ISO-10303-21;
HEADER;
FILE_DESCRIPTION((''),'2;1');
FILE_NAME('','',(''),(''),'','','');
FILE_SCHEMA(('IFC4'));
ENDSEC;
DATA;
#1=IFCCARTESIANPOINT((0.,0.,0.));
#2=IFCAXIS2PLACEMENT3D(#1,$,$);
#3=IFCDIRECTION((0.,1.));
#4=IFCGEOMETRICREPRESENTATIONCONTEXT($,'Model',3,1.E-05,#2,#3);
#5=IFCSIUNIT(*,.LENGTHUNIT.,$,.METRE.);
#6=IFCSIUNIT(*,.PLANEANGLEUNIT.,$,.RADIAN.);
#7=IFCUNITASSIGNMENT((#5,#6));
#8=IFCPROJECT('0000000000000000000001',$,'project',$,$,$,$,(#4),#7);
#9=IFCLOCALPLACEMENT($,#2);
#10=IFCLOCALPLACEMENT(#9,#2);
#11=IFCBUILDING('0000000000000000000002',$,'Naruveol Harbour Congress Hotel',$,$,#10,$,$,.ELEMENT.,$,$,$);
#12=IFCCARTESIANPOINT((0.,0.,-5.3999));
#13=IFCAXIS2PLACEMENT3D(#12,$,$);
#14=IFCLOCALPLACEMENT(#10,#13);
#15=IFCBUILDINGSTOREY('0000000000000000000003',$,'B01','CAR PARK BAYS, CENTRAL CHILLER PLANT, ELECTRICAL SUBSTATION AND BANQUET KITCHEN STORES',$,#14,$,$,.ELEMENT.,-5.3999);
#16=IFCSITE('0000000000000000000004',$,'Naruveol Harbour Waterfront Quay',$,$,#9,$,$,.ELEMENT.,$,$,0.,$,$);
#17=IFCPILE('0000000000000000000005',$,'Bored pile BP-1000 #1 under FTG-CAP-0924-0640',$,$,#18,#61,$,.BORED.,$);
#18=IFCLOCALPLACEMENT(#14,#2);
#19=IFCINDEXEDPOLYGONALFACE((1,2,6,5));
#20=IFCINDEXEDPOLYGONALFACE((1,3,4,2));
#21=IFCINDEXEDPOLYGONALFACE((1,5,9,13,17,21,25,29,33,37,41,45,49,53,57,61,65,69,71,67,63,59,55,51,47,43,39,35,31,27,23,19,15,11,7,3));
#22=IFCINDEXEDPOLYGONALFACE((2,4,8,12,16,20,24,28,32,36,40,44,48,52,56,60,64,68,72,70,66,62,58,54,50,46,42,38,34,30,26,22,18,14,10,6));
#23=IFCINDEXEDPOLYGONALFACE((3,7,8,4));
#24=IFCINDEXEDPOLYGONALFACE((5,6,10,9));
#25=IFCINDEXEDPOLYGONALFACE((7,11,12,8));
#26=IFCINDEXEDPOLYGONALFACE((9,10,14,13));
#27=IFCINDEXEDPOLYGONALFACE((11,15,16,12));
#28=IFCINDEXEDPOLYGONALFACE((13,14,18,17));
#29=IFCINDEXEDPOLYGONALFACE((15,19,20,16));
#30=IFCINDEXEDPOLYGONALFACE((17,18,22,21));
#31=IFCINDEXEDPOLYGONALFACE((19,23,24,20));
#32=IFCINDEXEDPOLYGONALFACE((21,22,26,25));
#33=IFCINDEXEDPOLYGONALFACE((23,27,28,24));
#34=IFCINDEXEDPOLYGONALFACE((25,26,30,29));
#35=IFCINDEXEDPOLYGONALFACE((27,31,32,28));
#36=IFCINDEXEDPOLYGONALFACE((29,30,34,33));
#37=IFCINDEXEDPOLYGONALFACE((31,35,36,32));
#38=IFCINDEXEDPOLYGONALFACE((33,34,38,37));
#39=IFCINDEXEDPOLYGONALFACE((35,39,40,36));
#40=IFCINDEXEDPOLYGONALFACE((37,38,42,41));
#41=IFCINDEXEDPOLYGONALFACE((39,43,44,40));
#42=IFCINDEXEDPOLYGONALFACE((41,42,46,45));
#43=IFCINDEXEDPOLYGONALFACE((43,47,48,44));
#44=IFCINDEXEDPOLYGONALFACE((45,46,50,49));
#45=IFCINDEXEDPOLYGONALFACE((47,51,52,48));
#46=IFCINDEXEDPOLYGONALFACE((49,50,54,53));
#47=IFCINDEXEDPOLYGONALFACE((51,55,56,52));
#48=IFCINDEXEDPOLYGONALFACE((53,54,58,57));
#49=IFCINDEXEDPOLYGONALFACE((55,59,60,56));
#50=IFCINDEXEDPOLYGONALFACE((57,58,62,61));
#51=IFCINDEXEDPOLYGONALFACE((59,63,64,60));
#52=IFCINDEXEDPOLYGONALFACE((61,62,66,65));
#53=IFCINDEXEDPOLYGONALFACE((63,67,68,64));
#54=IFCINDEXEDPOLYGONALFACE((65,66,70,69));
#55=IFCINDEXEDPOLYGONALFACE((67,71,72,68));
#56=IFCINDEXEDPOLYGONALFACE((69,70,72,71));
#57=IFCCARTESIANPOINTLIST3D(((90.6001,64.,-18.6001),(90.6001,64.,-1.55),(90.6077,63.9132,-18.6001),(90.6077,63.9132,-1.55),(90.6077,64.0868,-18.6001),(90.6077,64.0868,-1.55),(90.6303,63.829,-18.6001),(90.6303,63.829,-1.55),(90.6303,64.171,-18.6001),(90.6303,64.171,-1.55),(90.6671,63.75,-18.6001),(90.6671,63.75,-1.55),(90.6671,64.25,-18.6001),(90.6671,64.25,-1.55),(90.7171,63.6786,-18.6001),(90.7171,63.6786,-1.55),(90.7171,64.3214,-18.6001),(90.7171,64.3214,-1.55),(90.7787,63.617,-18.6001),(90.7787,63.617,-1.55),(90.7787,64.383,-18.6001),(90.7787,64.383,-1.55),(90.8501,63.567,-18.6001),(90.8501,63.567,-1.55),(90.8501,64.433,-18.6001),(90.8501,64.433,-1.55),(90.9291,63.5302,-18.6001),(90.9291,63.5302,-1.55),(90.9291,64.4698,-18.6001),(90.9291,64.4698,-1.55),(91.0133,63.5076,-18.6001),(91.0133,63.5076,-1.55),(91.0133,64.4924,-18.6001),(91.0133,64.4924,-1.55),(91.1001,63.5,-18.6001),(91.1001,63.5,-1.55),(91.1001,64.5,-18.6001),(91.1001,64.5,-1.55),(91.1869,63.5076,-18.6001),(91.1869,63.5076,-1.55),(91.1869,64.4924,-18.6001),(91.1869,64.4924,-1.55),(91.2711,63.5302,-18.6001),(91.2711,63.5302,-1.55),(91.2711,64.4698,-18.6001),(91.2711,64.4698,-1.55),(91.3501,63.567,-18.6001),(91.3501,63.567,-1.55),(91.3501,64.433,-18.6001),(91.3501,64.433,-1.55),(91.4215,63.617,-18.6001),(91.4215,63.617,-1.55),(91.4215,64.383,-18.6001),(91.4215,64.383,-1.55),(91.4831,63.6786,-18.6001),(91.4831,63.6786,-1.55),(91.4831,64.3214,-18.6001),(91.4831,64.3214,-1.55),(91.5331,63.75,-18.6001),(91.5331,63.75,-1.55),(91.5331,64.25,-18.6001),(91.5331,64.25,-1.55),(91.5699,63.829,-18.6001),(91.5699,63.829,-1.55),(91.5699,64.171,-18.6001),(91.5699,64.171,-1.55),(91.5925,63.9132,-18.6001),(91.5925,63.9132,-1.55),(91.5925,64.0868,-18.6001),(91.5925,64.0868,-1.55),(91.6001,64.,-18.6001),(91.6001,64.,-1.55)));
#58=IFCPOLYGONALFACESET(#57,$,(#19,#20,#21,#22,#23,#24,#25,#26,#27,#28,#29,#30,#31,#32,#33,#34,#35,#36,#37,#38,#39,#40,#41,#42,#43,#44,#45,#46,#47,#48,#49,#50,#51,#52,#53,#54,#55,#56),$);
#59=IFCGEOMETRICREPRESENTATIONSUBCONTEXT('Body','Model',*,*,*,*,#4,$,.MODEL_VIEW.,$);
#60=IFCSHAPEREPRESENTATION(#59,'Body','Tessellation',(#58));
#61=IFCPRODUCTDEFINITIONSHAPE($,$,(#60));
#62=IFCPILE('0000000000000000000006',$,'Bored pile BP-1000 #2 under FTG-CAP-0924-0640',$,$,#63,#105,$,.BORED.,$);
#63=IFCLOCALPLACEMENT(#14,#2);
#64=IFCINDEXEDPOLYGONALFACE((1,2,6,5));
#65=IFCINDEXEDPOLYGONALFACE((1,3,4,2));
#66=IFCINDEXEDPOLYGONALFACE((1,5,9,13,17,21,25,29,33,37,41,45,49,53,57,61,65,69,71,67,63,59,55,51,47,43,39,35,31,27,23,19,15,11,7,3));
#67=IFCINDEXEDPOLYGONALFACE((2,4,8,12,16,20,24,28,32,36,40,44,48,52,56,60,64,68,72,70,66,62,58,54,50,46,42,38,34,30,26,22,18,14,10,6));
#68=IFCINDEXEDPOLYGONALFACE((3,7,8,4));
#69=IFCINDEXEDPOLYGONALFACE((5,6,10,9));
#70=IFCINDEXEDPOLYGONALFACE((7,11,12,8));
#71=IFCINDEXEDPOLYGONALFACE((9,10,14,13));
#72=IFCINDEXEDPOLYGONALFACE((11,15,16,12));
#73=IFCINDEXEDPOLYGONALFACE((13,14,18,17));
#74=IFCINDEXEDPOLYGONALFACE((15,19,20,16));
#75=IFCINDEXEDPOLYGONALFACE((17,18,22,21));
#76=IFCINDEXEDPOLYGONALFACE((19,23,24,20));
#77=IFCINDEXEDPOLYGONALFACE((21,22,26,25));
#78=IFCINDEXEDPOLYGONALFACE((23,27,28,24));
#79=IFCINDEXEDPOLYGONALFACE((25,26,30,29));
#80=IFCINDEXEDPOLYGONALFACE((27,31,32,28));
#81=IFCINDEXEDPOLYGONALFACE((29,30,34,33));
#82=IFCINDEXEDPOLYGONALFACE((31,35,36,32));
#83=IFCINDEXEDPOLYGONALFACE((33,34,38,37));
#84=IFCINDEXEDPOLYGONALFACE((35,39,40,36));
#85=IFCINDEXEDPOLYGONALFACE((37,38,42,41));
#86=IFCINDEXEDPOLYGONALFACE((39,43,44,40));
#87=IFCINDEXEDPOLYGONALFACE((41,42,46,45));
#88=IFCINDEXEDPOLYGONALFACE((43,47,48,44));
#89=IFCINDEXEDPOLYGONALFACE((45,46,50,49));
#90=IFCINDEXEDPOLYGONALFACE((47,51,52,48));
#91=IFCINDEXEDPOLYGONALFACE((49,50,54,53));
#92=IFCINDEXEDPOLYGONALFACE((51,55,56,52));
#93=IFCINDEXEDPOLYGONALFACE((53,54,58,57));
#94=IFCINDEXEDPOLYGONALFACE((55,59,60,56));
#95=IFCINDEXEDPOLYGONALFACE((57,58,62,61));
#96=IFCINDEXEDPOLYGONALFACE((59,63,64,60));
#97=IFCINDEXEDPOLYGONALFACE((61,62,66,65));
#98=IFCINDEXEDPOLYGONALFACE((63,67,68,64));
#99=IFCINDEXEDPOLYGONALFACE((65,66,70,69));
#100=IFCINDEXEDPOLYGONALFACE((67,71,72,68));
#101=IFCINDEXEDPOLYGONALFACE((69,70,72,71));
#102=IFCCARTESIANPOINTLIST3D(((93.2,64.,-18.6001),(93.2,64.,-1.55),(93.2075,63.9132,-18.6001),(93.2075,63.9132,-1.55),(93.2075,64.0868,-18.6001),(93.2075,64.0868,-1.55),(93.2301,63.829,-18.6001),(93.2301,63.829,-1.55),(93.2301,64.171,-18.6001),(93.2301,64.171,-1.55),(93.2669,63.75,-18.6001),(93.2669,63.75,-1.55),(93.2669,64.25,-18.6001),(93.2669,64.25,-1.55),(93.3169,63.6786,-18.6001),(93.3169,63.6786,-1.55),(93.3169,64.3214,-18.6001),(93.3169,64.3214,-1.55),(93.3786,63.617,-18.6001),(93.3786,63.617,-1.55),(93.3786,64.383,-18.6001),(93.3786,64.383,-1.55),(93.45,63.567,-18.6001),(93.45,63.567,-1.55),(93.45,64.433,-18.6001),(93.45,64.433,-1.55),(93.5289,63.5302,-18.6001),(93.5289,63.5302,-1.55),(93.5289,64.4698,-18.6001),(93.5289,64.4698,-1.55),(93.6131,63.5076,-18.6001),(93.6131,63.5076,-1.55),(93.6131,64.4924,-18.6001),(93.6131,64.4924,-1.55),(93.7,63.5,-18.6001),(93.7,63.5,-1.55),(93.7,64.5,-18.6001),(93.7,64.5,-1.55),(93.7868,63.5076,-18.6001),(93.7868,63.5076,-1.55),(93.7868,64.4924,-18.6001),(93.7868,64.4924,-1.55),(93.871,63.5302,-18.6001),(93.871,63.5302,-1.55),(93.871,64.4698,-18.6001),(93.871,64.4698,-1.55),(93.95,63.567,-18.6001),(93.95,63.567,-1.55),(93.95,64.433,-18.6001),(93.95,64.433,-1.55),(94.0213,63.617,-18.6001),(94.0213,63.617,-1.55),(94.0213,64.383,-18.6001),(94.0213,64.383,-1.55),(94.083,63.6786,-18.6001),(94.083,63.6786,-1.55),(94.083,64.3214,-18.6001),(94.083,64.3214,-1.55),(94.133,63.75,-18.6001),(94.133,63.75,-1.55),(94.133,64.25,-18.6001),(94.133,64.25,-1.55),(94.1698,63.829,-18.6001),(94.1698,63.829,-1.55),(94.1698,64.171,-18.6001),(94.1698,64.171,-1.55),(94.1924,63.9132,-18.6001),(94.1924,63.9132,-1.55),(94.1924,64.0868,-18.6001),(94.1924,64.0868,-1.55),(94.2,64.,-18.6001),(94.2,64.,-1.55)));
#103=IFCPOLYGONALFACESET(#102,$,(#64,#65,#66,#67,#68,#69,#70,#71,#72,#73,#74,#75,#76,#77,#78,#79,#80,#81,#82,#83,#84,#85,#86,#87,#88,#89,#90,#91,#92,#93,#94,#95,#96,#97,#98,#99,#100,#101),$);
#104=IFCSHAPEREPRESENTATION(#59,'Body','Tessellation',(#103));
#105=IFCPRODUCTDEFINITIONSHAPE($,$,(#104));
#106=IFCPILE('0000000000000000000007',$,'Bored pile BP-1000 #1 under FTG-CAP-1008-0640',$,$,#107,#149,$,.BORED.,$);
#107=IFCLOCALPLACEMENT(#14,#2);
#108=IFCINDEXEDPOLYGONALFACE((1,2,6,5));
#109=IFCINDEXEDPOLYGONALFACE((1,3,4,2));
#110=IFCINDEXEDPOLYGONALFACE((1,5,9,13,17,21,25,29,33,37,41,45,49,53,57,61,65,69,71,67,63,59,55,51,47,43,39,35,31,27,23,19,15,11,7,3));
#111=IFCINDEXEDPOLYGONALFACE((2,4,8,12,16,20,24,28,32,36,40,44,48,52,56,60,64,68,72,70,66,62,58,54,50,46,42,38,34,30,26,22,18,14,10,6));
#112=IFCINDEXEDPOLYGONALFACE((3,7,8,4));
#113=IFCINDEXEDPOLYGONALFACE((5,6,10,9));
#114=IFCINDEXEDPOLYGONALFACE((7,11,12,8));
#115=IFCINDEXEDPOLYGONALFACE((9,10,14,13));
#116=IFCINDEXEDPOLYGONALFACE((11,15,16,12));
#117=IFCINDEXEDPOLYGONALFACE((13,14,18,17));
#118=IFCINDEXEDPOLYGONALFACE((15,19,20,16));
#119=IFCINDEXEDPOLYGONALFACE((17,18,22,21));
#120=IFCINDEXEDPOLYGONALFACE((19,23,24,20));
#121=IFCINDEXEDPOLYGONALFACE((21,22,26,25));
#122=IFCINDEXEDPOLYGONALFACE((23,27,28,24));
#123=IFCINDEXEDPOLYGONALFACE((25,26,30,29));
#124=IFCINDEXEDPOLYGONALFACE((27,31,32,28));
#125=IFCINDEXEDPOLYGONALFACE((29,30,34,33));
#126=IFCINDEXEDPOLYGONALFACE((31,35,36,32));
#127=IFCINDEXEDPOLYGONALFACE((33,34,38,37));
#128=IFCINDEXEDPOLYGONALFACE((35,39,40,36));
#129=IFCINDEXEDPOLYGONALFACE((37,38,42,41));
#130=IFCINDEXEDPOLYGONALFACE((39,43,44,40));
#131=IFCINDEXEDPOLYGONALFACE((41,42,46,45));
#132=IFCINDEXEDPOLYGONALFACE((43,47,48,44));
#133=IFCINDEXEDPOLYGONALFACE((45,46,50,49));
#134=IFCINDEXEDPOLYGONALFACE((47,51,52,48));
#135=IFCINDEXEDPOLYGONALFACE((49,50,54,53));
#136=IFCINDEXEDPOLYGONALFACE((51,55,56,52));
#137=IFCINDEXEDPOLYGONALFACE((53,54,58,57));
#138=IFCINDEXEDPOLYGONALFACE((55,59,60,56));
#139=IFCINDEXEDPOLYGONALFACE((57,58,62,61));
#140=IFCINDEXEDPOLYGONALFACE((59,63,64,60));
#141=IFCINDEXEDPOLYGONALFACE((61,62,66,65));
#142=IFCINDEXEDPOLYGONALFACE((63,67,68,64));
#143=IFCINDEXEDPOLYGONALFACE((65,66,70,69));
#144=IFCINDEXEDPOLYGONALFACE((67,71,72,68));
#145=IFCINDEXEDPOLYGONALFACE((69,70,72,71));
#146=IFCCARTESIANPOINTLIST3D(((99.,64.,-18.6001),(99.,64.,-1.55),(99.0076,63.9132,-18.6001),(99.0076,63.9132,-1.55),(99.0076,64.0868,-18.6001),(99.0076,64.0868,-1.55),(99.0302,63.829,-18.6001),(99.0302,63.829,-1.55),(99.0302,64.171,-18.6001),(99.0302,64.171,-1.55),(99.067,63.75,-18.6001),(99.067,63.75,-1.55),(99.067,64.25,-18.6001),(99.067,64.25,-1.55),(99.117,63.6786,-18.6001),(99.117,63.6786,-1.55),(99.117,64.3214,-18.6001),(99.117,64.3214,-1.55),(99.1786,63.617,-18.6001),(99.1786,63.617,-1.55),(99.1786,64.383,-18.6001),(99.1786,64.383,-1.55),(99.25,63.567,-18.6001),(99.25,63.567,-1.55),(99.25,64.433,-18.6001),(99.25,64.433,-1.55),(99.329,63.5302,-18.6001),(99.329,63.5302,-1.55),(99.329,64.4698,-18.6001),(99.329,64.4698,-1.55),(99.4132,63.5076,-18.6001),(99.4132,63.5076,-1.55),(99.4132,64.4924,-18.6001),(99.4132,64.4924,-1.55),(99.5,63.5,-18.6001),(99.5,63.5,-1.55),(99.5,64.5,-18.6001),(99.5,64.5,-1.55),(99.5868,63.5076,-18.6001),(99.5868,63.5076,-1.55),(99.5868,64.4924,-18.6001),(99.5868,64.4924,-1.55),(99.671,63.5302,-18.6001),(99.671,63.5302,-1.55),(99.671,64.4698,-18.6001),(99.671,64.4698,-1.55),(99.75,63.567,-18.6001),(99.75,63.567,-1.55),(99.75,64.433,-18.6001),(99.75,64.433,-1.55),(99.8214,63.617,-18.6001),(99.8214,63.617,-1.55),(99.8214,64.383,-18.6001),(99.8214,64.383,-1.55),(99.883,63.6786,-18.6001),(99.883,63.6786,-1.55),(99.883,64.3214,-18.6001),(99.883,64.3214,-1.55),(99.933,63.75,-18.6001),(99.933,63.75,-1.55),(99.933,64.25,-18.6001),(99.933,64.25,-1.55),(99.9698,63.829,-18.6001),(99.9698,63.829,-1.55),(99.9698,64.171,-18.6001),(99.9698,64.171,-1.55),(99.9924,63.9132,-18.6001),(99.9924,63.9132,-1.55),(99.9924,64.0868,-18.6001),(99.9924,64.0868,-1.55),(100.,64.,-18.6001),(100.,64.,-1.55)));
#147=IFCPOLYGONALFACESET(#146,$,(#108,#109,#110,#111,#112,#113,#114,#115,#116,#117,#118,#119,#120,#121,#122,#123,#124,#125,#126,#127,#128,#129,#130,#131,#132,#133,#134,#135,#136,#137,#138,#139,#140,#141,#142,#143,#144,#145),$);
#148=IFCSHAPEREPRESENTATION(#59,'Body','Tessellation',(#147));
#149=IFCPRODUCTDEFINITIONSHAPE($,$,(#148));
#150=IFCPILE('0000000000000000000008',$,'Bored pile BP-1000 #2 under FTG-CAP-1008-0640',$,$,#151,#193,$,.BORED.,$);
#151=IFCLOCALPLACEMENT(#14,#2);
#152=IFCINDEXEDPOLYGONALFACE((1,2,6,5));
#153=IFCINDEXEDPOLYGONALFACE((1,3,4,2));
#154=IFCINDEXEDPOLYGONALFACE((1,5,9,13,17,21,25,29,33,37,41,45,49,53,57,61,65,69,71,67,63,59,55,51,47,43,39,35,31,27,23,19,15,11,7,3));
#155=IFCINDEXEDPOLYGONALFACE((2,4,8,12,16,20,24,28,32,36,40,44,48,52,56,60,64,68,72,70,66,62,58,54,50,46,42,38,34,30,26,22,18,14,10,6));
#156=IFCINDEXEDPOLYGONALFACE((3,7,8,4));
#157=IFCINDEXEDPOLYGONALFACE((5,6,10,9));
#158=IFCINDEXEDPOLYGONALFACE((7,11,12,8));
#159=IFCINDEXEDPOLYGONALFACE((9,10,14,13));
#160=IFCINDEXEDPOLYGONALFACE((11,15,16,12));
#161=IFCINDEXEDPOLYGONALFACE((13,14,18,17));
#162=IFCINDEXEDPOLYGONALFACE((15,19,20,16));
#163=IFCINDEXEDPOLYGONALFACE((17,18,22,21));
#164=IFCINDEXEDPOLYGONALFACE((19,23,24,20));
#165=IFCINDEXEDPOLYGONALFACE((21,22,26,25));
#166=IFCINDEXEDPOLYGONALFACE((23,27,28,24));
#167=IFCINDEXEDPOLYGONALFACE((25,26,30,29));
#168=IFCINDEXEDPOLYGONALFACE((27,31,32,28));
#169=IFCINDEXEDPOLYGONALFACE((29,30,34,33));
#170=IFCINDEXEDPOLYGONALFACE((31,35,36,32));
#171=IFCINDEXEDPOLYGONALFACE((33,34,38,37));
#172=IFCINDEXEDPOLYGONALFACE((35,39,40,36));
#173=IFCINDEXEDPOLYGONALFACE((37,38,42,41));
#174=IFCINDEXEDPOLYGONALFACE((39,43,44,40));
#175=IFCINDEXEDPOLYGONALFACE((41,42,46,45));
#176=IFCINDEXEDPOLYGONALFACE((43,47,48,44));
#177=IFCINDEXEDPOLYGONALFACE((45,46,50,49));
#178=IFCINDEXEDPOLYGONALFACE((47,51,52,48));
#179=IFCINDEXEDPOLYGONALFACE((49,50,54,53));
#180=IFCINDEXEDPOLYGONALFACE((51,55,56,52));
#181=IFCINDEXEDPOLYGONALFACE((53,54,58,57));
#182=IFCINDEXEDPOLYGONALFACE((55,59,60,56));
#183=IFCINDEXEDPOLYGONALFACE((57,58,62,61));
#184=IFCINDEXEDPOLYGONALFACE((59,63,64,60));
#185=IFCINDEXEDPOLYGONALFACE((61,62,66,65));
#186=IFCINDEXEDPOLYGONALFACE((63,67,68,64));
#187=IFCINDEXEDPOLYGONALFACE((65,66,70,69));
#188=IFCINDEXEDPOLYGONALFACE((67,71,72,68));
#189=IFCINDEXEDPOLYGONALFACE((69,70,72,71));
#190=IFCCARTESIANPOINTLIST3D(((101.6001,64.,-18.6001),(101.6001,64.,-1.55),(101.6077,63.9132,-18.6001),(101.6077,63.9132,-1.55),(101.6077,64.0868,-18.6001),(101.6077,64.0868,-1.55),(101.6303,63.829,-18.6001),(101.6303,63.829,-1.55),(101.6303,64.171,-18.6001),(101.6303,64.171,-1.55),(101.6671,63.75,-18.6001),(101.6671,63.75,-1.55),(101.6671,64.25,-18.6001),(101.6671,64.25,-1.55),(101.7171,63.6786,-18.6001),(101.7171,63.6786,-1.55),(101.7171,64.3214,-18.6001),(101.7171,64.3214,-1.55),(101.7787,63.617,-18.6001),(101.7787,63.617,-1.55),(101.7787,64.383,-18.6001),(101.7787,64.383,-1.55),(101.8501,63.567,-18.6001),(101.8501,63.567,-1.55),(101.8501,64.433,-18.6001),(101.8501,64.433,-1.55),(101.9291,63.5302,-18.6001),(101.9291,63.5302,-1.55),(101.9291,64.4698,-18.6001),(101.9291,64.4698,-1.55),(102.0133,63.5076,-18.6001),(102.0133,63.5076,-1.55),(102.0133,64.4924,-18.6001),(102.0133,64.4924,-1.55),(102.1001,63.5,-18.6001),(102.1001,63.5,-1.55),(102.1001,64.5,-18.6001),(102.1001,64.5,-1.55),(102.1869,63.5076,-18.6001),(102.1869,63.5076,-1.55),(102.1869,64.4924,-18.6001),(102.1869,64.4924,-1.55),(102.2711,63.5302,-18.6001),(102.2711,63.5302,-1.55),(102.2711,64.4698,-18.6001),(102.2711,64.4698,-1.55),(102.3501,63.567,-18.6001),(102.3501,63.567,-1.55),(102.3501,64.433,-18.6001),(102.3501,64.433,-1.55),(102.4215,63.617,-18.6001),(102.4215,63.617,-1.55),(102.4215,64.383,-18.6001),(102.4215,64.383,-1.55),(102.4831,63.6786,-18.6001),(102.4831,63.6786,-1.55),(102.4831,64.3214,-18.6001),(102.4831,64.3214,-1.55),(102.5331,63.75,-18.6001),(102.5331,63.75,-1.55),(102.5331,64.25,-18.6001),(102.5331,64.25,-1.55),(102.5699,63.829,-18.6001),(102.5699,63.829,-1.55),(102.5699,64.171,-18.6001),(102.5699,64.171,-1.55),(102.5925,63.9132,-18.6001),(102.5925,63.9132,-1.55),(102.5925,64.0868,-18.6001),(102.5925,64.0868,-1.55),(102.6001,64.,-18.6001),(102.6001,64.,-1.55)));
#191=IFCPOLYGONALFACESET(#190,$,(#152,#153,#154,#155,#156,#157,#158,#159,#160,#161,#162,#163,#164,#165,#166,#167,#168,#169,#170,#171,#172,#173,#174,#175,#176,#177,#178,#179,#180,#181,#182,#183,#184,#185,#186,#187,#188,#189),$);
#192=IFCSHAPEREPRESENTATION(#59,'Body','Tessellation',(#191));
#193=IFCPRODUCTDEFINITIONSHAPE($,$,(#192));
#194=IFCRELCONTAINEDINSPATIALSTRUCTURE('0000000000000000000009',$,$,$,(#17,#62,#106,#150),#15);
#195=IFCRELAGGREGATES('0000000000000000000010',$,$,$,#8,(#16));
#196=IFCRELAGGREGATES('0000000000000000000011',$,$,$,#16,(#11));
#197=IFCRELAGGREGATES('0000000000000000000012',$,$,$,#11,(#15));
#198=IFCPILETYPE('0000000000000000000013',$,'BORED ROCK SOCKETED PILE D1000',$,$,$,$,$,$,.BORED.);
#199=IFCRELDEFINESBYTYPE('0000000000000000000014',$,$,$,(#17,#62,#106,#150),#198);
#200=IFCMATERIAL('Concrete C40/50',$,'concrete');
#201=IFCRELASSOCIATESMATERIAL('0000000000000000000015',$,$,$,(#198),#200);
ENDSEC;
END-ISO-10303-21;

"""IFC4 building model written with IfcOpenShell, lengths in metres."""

from ifc_helpers import new_model, si_unit, direction, frame, origin, origin_2d, place, context, subcontext, project, spatial, circle, extrude, material, material_profile, profile_set, type_object, element, save


model = new_model("IFC4")

# Units and contexts
model_context = context("Model", 3, precision=1e-05, world=origin(), true_north=direction((0.0, 1.0)))
body_context = subcontext(model_context, "Body", "Model", "MODEL_VIEW")
ifc_project = project(units=[si_unit("LENGTHUNIT", "METRE"), si_unit("PLANEANGLEUNIT", "RADIAN")], contexts=[model_context])

# Site, building, storey
site_placement = place(None, origin())
site = spatial("IfcSite", under=ifc_project, at=site_placement, Name="Naruveol Harbour Waterfront Quay", CompositionType="ELEMENT", RefElevation=0.0)
building_placement = place(site_placement, origin())
building = spatial("IfcBuilding", under=site, at=building_placement, Name="Naruveol Harbour Congress Hotel", CompositionType="ELEMENT")
storey_placement = place(building_placement, frame((0.0, 0.0, -5.3999)))
storey = spatial("IfcBuildingStorey", under=building, at=storey_placement, Name="B01", Description="CAR PARK BAYS, CENTRAL CHILLER PLANT, ELECTRICAL SUBSTATION AND BANQUET KITCHEN STORES", CompositionType="ELEMENT", Elevation=-5.3999)

# Piles
ifc_material_1 = material(Name="Concrete C40/50", Category="concrete")
ifc_material_profile_1 = material_profile(ifc_material_1, circle(Radius=0.5, at=origin_2d()), Name="BP-1000")
ifc_profile_set_1 = profile_set([ifc_material_profile_1], Name="Concrete C40/50")
pile_type = type_object("IfcPileType", Name="BORED ROCK SOCKETED PILE D1000", PredefinedType="BORED", material=ifc_profile_set_1)
for number, where, z_axis, x_axis, name in (
    (1, (91.1001, 64.0, -1.55), (0.0, 0.0, -1.0), (1.0, 0.0, 0.0), "Bored pile BP-1000 #1 under FTG-CAP-0924-0640"),
    (2, (93.7, 64.0, -1.55), (0.0, 0.0, -1.0), (1.0, 0.0, 0.0), "Bored pile BP-1000 #2 under FTG-CAP-0924-0640"),
    (3, (99.5, 64.0, -1.55), (0.0, 0.0, -1.0), (1.0, 0.0, 0.0), "Bored pile BP-1000 #1 under FTG-CAP-1008-0640"),
    (4, (102.1001, 64.0, -1.55), (0.0, 0.0, -1.0), (1.0, 0.0, 0.0), "Bored pile BP-1000 #2 under FTG-CAP-1008-0640"),
):
    element("IfcPile", number, at=place(storey_placement, frame(where, z_axis=z_axis, x_axis=x_axis)), inside=storey, type_object=pile_type, Name=name, PredefinedType="BORED", context=body_context, shape_type="SweptSolid", body=[
        extrude(circle(Radius=0.5, at=origin_2d()), origin(), (0.0, 0.0, 1.0), 17.05),
    ])

save(model, "model.ifc")
